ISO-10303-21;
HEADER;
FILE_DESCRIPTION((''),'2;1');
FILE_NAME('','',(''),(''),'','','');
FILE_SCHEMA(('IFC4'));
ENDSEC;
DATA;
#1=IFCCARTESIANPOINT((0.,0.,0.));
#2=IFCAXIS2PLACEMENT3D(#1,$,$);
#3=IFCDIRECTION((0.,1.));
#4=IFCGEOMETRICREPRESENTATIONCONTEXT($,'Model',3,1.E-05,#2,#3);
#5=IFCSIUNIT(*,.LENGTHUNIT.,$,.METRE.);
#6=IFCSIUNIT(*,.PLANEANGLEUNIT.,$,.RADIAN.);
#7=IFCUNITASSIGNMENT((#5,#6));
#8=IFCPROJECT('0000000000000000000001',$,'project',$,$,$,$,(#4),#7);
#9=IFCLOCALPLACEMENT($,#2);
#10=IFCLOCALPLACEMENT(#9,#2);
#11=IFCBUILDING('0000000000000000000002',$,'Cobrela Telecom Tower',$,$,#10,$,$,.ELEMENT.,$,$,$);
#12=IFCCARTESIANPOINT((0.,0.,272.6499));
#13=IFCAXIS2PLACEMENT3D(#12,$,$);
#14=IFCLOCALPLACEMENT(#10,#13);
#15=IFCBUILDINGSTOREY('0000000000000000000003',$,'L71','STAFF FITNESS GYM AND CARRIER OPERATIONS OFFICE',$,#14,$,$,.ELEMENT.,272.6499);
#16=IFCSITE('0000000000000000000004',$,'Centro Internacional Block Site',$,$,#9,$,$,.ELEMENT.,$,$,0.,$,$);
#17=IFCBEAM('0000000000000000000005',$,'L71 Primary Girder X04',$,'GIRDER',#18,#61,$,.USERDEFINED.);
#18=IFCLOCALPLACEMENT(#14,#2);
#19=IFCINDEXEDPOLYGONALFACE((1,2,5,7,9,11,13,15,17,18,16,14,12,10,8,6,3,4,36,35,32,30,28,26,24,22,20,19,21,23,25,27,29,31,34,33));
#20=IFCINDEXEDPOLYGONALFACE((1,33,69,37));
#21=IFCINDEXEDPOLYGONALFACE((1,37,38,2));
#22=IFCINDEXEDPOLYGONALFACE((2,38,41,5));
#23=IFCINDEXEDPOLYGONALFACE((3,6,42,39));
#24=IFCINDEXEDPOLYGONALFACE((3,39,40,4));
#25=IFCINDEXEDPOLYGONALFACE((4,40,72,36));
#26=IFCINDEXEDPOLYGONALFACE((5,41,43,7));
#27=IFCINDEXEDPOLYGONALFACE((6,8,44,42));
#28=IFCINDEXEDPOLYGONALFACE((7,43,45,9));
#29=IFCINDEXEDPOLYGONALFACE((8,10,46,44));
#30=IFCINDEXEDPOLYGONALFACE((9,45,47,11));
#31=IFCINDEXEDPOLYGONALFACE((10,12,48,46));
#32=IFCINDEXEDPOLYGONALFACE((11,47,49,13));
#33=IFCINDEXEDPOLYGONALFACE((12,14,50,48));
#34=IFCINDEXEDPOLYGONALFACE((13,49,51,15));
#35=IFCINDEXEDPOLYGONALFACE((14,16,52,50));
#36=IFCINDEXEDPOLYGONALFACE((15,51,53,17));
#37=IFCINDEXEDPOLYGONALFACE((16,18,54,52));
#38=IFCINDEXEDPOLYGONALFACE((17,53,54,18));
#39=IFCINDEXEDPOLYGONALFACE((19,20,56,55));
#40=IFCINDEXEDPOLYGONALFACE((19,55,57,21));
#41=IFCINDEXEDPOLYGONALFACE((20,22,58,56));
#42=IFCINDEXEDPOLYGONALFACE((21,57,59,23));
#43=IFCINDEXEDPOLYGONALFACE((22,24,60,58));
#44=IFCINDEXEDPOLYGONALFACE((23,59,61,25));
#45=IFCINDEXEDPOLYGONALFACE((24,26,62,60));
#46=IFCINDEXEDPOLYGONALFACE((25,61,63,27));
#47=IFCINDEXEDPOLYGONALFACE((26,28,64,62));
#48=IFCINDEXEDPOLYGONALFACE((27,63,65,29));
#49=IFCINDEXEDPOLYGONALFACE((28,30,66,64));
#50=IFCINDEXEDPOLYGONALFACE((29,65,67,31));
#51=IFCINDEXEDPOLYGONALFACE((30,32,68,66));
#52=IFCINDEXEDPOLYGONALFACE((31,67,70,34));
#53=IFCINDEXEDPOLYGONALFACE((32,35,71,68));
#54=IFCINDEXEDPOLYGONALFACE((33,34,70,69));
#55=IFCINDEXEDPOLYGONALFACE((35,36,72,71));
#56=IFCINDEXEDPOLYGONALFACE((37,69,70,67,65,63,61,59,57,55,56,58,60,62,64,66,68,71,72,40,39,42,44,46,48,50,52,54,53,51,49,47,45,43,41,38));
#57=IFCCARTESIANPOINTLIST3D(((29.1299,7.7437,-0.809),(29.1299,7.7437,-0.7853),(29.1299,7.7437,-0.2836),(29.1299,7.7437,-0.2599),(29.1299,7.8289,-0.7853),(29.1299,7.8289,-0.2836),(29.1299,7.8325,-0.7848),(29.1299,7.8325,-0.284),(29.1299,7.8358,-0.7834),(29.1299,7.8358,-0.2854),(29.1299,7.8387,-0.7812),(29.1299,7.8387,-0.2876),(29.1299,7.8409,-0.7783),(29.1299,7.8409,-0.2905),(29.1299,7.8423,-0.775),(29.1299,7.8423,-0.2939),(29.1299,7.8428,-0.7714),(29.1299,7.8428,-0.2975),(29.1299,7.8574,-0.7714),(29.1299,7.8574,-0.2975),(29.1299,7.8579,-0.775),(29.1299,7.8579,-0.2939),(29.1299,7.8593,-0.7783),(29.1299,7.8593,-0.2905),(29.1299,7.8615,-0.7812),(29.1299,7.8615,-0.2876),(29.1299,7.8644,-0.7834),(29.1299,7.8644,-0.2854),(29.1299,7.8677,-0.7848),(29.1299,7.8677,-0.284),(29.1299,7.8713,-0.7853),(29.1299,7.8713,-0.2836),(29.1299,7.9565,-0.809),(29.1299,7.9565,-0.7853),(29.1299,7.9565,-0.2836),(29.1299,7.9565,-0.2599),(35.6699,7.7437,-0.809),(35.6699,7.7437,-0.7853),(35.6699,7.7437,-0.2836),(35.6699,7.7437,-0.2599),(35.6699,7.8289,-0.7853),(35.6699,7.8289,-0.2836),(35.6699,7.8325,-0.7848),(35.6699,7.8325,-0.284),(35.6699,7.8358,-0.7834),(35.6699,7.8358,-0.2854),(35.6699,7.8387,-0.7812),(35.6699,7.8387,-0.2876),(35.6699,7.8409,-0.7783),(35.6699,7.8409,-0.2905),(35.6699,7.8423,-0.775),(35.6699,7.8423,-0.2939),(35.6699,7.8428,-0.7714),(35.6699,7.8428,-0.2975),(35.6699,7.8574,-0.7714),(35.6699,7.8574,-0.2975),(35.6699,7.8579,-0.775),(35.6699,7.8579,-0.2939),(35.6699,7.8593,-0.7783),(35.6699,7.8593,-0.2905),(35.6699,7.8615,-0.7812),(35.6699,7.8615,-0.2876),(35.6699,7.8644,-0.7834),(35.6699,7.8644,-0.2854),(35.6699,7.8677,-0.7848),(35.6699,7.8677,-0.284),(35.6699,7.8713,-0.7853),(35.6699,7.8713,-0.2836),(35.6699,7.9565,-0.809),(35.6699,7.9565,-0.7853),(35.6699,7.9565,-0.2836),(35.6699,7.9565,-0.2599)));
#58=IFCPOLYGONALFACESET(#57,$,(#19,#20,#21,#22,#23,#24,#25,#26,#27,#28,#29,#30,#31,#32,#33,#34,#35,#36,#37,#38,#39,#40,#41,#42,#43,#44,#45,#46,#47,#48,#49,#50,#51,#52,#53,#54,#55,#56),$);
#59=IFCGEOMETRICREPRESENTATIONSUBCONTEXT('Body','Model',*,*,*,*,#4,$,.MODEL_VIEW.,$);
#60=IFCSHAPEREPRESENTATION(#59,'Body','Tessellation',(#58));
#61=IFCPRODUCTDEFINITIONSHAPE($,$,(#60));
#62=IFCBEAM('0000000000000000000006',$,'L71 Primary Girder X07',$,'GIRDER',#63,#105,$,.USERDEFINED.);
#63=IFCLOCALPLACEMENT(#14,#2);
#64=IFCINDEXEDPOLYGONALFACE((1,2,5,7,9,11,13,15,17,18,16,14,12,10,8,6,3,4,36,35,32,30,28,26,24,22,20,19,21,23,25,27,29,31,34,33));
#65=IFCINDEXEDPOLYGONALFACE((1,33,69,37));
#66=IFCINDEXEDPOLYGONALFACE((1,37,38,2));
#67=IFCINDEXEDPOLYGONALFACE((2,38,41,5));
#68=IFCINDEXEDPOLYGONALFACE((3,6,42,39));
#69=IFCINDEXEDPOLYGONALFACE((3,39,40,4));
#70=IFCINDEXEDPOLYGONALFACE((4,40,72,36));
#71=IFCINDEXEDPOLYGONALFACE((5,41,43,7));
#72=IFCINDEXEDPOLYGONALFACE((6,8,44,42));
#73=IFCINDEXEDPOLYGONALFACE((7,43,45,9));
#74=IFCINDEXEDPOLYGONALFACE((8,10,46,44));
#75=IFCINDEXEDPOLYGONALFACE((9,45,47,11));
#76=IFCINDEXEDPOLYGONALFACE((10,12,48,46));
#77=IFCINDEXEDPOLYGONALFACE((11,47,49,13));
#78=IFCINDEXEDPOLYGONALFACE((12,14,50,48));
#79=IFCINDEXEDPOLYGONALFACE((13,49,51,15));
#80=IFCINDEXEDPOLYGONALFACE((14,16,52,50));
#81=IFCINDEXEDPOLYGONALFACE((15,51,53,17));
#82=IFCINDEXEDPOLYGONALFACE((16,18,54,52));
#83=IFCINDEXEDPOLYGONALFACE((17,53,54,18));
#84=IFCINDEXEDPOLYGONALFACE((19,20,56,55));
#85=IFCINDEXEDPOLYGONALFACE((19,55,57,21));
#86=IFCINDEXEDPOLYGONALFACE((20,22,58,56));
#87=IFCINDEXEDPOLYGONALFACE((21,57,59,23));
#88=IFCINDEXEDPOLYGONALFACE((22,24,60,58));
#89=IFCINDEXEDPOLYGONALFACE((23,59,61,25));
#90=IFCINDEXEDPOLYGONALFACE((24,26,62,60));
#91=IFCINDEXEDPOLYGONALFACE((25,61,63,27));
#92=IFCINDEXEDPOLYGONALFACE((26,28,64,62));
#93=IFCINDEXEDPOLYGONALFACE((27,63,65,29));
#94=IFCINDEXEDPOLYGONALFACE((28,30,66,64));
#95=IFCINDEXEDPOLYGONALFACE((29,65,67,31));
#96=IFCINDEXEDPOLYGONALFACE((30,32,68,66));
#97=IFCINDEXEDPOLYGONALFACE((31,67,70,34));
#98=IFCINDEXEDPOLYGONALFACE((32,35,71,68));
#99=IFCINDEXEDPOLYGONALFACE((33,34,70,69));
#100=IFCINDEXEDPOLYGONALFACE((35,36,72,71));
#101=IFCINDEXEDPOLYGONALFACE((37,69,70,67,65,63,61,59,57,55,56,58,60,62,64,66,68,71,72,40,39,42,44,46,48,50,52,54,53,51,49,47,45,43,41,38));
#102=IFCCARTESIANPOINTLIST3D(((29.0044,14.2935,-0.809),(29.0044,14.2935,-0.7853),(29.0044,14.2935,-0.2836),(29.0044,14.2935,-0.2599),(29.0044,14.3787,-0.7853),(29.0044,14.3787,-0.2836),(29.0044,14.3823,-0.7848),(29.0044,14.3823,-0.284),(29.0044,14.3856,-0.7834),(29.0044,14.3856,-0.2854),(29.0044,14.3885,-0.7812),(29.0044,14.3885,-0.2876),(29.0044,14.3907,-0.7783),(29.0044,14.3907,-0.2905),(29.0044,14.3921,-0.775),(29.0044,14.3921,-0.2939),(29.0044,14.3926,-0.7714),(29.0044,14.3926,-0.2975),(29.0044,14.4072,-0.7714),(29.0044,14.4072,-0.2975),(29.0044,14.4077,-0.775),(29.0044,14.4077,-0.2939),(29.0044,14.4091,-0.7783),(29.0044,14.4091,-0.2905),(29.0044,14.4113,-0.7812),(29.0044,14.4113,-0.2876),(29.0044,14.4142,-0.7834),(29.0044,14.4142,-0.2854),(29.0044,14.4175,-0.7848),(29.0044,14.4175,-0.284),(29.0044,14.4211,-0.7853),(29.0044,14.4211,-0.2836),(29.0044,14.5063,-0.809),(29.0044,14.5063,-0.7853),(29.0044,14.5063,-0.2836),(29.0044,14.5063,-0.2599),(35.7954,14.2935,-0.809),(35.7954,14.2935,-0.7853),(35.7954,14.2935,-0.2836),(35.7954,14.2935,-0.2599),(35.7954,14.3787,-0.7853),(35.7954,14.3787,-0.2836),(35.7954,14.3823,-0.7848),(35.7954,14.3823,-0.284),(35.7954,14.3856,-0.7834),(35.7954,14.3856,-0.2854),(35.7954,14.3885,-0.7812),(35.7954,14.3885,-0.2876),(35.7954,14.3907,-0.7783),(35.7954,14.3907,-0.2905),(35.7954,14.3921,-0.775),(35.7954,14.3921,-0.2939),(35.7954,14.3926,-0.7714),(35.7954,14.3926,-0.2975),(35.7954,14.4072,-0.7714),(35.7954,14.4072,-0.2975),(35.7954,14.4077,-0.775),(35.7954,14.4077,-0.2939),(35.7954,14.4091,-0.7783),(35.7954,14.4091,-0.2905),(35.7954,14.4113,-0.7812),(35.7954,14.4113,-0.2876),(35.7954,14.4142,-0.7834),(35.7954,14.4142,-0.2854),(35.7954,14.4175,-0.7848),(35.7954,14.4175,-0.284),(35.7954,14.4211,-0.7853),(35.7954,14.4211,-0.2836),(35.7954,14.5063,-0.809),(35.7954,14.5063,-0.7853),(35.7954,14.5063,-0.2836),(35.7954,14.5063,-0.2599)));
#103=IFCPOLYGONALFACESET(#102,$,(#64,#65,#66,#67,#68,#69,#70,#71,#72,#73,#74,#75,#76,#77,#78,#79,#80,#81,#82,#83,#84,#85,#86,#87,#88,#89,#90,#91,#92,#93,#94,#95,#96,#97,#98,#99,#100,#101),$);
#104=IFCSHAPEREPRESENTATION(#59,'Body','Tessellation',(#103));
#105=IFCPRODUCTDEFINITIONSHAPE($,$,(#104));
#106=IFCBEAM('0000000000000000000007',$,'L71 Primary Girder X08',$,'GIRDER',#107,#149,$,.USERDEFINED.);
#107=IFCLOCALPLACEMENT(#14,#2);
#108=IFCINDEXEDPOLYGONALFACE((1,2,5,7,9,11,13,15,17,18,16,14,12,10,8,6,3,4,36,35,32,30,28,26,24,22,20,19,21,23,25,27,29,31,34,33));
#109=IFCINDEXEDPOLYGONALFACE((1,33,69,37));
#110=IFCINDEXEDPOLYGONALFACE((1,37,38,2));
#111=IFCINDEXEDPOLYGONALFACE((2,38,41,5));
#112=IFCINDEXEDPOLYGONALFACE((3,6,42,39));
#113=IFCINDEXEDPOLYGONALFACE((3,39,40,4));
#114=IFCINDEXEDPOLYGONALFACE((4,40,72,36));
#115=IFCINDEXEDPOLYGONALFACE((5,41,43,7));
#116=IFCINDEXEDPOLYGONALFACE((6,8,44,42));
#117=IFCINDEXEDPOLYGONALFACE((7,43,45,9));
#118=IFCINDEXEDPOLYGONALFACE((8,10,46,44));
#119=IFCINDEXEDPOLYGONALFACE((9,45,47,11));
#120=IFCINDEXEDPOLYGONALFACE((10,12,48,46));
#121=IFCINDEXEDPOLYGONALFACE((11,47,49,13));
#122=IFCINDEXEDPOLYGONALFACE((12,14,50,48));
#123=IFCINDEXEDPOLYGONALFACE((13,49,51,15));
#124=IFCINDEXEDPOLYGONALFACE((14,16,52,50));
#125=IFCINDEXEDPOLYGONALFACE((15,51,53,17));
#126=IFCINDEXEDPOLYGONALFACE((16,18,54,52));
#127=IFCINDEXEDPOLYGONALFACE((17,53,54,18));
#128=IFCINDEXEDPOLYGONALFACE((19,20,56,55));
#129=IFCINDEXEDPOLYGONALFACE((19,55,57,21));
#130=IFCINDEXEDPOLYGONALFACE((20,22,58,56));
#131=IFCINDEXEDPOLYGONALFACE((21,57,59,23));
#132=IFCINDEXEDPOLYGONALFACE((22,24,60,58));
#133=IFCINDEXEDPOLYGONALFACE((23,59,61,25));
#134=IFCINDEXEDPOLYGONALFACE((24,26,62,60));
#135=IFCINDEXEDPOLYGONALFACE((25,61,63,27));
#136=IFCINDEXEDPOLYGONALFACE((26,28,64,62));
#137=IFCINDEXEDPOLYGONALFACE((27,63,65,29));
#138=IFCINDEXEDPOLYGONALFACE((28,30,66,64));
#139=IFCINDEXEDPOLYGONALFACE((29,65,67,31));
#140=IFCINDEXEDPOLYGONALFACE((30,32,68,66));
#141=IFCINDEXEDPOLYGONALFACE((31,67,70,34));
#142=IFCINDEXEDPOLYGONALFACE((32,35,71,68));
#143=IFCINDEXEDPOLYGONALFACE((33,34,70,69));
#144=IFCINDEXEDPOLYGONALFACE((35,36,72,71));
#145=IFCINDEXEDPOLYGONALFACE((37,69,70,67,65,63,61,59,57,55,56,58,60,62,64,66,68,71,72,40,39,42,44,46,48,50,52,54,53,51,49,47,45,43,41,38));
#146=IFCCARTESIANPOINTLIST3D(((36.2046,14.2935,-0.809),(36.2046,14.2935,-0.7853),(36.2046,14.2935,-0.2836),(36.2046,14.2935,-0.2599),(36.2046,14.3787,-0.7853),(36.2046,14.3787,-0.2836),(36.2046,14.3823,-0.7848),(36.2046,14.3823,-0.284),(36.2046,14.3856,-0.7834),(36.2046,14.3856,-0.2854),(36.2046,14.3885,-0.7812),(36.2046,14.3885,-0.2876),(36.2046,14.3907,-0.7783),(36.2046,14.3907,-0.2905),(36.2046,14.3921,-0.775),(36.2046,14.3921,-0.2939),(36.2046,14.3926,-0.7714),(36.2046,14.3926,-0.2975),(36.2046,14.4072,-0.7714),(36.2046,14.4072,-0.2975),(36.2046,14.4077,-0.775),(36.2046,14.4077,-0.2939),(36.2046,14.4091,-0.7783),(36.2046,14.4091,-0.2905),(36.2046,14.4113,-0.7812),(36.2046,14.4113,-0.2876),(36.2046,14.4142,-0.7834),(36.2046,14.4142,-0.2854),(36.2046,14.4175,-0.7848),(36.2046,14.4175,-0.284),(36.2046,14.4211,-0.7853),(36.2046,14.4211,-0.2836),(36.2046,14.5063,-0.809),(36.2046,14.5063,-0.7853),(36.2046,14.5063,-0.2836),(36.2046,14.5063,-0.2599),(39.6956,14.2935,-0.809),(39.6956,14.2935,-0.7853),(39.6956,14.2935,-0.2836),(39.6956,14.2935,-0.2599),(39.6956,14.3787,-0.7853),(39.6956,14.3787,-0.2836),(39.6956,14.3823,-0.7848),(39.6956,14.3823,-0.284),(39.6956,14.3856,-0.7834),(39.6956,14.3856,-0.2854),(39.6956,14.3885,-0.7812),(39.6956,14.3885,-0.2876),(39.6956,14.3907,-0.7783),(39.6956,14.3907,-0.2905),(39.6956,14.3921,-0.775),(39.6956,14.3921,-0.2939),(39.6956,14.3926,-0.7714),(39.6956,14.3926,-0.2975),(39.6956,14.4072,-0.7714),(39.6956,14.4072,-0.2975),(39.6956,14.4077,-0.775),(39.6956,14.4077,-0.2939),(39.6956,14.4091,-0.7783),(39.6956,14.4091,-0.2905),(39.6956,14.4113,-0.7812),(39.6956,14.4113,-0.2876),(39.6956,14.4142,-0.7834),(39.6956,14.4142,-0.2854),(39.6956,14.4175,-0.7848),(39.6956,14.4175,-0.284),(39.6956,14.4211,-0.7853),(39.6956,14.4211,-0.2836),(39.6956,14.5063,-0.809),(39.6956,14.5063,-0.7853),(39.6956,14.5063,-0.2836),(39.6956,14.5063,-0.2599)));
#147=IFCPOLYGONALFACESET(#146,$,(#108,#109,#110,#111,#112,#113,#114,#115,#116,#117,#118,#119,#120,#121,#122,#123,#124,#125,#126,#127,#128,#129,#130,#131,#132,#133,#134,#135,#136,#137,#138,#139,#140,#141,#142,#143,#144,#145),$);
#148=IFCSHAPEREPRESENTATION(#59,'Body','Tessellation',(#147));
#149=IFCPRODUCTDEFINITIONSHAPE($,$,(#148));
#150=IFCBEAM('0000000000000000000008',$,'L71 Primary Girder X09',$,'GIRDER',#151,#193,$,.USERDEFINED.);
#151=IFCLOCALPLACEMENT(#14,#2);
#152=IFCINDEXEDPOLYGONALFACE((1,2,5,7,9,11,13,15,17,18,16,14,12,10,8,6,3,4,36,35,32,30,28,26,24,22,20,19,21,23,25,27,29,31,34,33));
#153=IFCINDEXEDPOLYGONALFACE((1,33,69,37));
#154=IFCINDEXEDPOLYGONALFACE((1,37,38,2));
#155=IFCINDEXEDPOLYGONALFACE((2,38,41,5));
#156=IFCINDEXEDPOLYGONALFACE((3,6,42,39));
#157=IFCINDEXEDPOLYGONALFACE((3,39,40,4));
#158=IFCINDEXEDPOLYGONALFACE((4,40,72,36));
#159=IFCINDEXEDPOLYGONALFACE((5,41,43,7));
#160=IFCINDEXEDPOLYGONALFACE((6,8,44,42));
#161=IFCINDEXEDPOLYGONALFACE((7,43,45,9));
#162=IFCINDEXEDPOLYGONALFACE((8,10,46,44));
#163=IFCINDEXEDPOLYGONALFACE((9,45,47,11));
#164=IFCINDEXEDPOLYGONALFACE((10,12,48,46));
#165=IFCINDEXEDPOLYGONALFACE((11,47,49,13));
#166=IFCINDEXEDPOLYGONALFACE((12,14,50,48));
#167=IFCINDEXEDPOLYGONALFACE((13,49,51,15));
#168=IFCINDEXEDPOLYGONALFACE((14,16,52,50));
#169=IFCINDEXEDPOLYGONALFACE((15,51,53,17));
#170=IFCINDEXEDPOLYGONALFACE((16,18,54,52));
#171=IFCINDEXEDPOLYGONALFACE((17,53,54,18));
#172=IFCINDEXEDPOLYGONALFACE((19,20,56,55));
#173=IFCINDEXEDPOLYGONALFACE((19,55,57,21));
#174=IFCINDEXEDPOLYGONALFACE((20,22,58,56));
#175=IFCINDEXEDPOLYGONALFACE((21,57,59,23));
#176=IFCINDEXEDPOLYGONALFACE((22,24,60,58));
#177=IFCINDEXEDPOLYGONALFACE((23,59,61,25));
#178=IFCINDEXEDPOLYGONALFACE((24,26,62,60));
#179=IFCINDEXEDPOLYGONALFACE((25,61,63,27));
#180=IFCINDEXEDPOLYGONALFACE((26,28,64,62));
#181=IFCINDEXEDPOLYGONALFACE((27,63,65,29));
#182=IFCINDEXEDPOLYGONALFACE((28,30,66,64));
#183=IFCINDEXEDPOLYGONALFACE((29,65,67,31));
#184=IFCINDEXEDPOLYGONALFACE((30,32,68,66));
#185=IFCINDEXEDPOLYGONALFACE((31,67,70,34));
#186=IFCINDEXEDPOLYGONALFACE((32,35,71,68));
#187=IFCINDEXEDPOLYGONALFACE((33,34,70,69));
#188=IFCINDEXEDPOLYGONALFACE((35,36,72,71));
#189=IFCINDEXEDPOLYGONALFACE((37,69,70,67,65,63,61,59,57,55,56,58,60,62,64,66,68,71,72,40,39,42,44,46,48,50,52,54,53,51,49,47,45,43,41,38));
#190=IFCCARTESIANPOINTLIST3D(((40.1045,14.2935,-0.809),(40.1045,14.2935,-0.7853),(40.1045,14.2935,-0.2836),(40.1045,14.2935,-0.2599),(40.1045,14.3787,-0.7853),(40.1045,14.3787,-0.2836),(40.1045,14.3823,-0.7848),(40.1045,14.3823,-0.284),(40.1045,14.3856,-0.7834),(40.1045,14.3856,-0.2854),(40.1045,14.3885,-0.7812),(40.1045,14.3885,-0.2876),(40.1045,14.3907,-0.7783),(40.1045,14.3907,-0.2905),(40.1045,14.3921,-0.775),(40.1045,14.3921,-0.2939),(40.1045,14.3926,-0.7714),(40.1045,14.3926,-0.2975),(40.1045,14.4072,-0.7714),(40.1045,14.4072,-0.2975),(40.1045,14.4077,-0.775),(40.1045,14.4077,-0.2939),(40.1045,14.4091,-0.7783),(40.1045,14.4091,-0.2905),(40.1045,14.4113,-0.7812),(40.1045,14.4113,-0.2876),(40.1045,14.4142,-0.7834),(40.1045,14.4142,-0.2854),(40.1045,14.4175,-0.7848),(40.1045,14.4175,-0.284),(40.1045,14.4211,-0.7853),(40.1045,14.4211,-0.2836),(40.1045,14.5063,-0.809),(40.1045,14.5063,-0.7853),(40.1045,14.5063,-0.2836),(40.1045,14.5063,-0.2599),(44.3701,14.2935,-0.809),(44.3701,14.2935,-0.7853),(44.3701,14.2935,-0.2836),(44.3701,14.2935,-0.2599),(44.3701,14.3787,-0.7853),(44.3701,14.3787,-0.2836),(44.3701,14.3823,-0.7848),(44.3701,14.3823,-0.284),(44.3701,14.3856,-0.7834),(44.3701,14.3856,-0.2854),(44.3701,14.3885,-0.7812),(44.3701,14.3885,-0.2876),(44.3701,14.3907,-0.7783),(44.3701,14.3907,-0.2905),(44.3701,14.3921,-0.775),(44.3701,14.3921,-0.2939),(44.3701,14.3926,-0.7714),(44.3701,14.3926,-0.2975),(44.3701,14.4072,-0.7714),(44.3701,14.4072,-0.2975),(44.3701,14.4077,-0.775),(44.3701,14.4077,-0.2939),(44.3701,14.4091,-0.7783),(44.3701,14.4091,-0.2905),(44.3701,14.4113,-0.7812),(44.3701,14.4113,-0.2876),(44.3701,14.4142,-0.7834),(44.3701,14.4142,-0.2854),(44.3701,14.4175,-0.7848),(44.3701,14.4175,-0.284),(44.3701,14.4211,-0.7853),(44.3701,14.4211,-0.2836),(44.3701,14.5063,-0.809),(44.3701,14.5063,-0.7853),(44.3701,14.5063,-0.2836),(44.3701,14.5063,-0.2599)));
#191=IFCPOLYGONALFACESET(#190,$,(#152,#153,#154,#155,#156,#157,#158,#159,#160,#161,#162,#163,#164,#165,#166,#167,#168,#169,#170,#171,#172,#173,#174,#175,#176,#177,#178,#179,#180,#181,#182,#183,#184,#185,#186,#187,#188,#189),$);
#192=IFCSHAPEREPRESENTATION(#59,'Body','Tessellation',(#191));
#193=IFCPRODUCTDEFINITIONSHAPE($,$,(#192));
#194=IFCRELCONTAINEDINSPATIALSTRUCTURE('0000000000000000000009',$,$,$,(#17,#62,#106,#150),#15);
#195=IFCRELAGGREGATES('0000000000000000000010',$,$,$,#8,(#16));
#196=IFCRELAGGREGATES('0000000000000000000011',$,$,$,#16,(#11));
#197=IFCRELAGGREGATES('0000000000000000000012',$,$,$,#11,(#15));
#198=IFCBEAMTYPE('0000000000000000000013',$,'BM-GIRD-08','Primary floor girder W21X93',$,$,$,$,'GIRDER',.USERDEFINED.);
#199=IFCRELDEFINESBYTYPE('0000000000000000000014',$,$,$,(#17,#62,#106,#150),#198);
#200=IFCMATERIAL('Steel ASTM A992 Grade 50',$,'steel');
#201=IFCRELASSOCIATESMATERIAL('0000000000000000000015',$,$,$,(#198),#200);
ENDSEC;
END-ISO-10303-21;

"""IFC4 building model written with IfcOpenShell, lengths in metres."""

from ifc_helpers import new_model, si_unit, direction, frame, origin, origin_2d, place, context, subcontext, project, spatial, i_section, extrude, material, material_profile, profile_set, type_object, element, save


model = new_model("IFC4")

# Units and contexts
model_context = context("Model", 3, precision=1e-05, world=origin(), true_north=direction((0.0, 1.0)))
body_context = subcontext(model_context, "Body", "Model", "MODEL_VIEW")
ifc_project = project(units=[si_unit("LENGTHUNIT", "METRE"), si_unit("PLANEANGLEUNIT", "RADIAN")], contexts=[model_context])

# Site, building, storey
site_placement = place(None, origin())
site = spatial("IfcSite", under=ifc_project, at=site_placement, Name="Centro Internacional Block Site", CompositionType="ELEMENT", RefElevation=0.0)
building_placement = place(site_placement, origin())
building = spatial("IfcBuilding", under=site, at=building_placement, Name="Cobrela Telecom Tower", CompositionType="ELEMENT")
storey_placement = place(building_placement, frame((0.0, 0.0, 272.6499)))
storey = spatial("IfcBuildingStorey", under=building, at=storey_placement, Name="L71", Description="STAFF FITNESS GYM AND CARRIER OPERATIONS OFFICE", CompositionType="ELEMENT", Elevation=272.6499)

# Shared definitions
ifc_material_1 = material(Name="Steel ASTM A992 Grade 50", Category="steel")

# Beams
ifc_material_profile_1 = material_profile(ifc_material_1, i_section(OverallWidth=0.2129, OverallDepth=0.5491, WebThickness=0.0146, FlangeThickness=0.0237, FilletRadius=0.0139, at=origin_2d()), Name="W21X93")
ifc_profile_set_1 = profile_set([ifc_material_profile_1], Name="Steel ASTM A992 Grade 50")
beam_type_1 = type_object("IfcBeamType", Name="BM-GIRD-08", Description="Primary floor girder W21X93", ElementType="GIRDER", PredefinedType="USERDEFINED", material=ifc_profile_set_1)
beam_1_placement = place(storey_placement, frame((29.1299, 7.8501, -0.5344), z_axis=(1.0, 0.0, 0.0), x_axis=(0.0, 1.0, 0.0)))
element("IfcBeam", 1, at=beam_1_placement, inside=storey, type_object=beam_type_1, Name="L71 Primary Girder X04", ObjectType="GIRDER", PredefinedType="USERDEFINED", context=body_context, shape_type="SweptSolid", body=[
    extrude(i_section(OverallWidth=0.2129, OverallDepth=0.5491, WebThickness=0.0146, FlangeThickness=0.0237, FilletRadius=0.0139, at=origin_2d()), origin(), (0.0, 0.0, 1.0), 6.54),
])
beam_2_placement = place(storey_placement, frame((29.0044, 14.3999, -0.5344), z_axis=(1.0, 0.0, 0.0), x_axis=(0.0, 1.0, 0.0)))
element("IfcBeam", 2, at=beam_2_placement, inside=storey, type_object=beam_type_1, Name="L71 Primary Girder X07", ObjectType="GIRDER", PredefinedType="USERDEFINED", context=body_context, shape_type="SweptSolid", body=[
    extrude(i_section(OverallWidth=0.2129, OverallDepth=0.5491, WebThickness=0.0146, FlangeThickness=0.0237, FilletRadius=0.0139, at=origin_2d()), origin(), (0.0, 0.0, 1.0), 6.791),
])
beam_3_placement = place(storey_placement, frame((36.2046, 14.3999, -0.5344), z_axis=(1.0, 0.0, 0.0), x_axis=(0.0, 1.0, 0.0)))
element("IfcBeam", 3, at=beam_3_placement, inside=storey, type_object=beam_type_1, Name="L71 Primary Girder X08", ObjectType="GIRDER", PredefinedType="USERDEFINED", context=body_context, shape_type="SweptSolid", body=[
    extrude(i_section(OverallWidth=0.2129, OverallDepth=0.5491, WebThickness=0.0146, FlangeThickness=0.0237, FilletRadius=0.0139, at=origin_2d()), origin(), (0.0, 0.0, 1.0), 3.491),
])
beam_4_placement = place(storey_placement, frame((40.1045, 14.3999, -0.5344), z_axis=(1.0, 0.0, 0.0), x_axis=(0.0, 1.0, 0.0)))
element("IfcBeam", 4, at=beam_4_placement, inside=storey, type_object=beam_type_1, Name="L71 Primary Girder X09", ObjectType="GIRDER", PredefinedType="USERDEFINED", context=body_context, shape_type="SweptSolid", body=[
    extrude(i_section(OverallWidth=0.2129, OverallDepth=0.5491, WebThickness=0.0146, FlangeThickness=0.0237, FilletRadius=0.0139, at=origin_2d()), origin(), (0.0, 0.0, 1.0), 4.2656),
])

save(model, "model.ifc")
